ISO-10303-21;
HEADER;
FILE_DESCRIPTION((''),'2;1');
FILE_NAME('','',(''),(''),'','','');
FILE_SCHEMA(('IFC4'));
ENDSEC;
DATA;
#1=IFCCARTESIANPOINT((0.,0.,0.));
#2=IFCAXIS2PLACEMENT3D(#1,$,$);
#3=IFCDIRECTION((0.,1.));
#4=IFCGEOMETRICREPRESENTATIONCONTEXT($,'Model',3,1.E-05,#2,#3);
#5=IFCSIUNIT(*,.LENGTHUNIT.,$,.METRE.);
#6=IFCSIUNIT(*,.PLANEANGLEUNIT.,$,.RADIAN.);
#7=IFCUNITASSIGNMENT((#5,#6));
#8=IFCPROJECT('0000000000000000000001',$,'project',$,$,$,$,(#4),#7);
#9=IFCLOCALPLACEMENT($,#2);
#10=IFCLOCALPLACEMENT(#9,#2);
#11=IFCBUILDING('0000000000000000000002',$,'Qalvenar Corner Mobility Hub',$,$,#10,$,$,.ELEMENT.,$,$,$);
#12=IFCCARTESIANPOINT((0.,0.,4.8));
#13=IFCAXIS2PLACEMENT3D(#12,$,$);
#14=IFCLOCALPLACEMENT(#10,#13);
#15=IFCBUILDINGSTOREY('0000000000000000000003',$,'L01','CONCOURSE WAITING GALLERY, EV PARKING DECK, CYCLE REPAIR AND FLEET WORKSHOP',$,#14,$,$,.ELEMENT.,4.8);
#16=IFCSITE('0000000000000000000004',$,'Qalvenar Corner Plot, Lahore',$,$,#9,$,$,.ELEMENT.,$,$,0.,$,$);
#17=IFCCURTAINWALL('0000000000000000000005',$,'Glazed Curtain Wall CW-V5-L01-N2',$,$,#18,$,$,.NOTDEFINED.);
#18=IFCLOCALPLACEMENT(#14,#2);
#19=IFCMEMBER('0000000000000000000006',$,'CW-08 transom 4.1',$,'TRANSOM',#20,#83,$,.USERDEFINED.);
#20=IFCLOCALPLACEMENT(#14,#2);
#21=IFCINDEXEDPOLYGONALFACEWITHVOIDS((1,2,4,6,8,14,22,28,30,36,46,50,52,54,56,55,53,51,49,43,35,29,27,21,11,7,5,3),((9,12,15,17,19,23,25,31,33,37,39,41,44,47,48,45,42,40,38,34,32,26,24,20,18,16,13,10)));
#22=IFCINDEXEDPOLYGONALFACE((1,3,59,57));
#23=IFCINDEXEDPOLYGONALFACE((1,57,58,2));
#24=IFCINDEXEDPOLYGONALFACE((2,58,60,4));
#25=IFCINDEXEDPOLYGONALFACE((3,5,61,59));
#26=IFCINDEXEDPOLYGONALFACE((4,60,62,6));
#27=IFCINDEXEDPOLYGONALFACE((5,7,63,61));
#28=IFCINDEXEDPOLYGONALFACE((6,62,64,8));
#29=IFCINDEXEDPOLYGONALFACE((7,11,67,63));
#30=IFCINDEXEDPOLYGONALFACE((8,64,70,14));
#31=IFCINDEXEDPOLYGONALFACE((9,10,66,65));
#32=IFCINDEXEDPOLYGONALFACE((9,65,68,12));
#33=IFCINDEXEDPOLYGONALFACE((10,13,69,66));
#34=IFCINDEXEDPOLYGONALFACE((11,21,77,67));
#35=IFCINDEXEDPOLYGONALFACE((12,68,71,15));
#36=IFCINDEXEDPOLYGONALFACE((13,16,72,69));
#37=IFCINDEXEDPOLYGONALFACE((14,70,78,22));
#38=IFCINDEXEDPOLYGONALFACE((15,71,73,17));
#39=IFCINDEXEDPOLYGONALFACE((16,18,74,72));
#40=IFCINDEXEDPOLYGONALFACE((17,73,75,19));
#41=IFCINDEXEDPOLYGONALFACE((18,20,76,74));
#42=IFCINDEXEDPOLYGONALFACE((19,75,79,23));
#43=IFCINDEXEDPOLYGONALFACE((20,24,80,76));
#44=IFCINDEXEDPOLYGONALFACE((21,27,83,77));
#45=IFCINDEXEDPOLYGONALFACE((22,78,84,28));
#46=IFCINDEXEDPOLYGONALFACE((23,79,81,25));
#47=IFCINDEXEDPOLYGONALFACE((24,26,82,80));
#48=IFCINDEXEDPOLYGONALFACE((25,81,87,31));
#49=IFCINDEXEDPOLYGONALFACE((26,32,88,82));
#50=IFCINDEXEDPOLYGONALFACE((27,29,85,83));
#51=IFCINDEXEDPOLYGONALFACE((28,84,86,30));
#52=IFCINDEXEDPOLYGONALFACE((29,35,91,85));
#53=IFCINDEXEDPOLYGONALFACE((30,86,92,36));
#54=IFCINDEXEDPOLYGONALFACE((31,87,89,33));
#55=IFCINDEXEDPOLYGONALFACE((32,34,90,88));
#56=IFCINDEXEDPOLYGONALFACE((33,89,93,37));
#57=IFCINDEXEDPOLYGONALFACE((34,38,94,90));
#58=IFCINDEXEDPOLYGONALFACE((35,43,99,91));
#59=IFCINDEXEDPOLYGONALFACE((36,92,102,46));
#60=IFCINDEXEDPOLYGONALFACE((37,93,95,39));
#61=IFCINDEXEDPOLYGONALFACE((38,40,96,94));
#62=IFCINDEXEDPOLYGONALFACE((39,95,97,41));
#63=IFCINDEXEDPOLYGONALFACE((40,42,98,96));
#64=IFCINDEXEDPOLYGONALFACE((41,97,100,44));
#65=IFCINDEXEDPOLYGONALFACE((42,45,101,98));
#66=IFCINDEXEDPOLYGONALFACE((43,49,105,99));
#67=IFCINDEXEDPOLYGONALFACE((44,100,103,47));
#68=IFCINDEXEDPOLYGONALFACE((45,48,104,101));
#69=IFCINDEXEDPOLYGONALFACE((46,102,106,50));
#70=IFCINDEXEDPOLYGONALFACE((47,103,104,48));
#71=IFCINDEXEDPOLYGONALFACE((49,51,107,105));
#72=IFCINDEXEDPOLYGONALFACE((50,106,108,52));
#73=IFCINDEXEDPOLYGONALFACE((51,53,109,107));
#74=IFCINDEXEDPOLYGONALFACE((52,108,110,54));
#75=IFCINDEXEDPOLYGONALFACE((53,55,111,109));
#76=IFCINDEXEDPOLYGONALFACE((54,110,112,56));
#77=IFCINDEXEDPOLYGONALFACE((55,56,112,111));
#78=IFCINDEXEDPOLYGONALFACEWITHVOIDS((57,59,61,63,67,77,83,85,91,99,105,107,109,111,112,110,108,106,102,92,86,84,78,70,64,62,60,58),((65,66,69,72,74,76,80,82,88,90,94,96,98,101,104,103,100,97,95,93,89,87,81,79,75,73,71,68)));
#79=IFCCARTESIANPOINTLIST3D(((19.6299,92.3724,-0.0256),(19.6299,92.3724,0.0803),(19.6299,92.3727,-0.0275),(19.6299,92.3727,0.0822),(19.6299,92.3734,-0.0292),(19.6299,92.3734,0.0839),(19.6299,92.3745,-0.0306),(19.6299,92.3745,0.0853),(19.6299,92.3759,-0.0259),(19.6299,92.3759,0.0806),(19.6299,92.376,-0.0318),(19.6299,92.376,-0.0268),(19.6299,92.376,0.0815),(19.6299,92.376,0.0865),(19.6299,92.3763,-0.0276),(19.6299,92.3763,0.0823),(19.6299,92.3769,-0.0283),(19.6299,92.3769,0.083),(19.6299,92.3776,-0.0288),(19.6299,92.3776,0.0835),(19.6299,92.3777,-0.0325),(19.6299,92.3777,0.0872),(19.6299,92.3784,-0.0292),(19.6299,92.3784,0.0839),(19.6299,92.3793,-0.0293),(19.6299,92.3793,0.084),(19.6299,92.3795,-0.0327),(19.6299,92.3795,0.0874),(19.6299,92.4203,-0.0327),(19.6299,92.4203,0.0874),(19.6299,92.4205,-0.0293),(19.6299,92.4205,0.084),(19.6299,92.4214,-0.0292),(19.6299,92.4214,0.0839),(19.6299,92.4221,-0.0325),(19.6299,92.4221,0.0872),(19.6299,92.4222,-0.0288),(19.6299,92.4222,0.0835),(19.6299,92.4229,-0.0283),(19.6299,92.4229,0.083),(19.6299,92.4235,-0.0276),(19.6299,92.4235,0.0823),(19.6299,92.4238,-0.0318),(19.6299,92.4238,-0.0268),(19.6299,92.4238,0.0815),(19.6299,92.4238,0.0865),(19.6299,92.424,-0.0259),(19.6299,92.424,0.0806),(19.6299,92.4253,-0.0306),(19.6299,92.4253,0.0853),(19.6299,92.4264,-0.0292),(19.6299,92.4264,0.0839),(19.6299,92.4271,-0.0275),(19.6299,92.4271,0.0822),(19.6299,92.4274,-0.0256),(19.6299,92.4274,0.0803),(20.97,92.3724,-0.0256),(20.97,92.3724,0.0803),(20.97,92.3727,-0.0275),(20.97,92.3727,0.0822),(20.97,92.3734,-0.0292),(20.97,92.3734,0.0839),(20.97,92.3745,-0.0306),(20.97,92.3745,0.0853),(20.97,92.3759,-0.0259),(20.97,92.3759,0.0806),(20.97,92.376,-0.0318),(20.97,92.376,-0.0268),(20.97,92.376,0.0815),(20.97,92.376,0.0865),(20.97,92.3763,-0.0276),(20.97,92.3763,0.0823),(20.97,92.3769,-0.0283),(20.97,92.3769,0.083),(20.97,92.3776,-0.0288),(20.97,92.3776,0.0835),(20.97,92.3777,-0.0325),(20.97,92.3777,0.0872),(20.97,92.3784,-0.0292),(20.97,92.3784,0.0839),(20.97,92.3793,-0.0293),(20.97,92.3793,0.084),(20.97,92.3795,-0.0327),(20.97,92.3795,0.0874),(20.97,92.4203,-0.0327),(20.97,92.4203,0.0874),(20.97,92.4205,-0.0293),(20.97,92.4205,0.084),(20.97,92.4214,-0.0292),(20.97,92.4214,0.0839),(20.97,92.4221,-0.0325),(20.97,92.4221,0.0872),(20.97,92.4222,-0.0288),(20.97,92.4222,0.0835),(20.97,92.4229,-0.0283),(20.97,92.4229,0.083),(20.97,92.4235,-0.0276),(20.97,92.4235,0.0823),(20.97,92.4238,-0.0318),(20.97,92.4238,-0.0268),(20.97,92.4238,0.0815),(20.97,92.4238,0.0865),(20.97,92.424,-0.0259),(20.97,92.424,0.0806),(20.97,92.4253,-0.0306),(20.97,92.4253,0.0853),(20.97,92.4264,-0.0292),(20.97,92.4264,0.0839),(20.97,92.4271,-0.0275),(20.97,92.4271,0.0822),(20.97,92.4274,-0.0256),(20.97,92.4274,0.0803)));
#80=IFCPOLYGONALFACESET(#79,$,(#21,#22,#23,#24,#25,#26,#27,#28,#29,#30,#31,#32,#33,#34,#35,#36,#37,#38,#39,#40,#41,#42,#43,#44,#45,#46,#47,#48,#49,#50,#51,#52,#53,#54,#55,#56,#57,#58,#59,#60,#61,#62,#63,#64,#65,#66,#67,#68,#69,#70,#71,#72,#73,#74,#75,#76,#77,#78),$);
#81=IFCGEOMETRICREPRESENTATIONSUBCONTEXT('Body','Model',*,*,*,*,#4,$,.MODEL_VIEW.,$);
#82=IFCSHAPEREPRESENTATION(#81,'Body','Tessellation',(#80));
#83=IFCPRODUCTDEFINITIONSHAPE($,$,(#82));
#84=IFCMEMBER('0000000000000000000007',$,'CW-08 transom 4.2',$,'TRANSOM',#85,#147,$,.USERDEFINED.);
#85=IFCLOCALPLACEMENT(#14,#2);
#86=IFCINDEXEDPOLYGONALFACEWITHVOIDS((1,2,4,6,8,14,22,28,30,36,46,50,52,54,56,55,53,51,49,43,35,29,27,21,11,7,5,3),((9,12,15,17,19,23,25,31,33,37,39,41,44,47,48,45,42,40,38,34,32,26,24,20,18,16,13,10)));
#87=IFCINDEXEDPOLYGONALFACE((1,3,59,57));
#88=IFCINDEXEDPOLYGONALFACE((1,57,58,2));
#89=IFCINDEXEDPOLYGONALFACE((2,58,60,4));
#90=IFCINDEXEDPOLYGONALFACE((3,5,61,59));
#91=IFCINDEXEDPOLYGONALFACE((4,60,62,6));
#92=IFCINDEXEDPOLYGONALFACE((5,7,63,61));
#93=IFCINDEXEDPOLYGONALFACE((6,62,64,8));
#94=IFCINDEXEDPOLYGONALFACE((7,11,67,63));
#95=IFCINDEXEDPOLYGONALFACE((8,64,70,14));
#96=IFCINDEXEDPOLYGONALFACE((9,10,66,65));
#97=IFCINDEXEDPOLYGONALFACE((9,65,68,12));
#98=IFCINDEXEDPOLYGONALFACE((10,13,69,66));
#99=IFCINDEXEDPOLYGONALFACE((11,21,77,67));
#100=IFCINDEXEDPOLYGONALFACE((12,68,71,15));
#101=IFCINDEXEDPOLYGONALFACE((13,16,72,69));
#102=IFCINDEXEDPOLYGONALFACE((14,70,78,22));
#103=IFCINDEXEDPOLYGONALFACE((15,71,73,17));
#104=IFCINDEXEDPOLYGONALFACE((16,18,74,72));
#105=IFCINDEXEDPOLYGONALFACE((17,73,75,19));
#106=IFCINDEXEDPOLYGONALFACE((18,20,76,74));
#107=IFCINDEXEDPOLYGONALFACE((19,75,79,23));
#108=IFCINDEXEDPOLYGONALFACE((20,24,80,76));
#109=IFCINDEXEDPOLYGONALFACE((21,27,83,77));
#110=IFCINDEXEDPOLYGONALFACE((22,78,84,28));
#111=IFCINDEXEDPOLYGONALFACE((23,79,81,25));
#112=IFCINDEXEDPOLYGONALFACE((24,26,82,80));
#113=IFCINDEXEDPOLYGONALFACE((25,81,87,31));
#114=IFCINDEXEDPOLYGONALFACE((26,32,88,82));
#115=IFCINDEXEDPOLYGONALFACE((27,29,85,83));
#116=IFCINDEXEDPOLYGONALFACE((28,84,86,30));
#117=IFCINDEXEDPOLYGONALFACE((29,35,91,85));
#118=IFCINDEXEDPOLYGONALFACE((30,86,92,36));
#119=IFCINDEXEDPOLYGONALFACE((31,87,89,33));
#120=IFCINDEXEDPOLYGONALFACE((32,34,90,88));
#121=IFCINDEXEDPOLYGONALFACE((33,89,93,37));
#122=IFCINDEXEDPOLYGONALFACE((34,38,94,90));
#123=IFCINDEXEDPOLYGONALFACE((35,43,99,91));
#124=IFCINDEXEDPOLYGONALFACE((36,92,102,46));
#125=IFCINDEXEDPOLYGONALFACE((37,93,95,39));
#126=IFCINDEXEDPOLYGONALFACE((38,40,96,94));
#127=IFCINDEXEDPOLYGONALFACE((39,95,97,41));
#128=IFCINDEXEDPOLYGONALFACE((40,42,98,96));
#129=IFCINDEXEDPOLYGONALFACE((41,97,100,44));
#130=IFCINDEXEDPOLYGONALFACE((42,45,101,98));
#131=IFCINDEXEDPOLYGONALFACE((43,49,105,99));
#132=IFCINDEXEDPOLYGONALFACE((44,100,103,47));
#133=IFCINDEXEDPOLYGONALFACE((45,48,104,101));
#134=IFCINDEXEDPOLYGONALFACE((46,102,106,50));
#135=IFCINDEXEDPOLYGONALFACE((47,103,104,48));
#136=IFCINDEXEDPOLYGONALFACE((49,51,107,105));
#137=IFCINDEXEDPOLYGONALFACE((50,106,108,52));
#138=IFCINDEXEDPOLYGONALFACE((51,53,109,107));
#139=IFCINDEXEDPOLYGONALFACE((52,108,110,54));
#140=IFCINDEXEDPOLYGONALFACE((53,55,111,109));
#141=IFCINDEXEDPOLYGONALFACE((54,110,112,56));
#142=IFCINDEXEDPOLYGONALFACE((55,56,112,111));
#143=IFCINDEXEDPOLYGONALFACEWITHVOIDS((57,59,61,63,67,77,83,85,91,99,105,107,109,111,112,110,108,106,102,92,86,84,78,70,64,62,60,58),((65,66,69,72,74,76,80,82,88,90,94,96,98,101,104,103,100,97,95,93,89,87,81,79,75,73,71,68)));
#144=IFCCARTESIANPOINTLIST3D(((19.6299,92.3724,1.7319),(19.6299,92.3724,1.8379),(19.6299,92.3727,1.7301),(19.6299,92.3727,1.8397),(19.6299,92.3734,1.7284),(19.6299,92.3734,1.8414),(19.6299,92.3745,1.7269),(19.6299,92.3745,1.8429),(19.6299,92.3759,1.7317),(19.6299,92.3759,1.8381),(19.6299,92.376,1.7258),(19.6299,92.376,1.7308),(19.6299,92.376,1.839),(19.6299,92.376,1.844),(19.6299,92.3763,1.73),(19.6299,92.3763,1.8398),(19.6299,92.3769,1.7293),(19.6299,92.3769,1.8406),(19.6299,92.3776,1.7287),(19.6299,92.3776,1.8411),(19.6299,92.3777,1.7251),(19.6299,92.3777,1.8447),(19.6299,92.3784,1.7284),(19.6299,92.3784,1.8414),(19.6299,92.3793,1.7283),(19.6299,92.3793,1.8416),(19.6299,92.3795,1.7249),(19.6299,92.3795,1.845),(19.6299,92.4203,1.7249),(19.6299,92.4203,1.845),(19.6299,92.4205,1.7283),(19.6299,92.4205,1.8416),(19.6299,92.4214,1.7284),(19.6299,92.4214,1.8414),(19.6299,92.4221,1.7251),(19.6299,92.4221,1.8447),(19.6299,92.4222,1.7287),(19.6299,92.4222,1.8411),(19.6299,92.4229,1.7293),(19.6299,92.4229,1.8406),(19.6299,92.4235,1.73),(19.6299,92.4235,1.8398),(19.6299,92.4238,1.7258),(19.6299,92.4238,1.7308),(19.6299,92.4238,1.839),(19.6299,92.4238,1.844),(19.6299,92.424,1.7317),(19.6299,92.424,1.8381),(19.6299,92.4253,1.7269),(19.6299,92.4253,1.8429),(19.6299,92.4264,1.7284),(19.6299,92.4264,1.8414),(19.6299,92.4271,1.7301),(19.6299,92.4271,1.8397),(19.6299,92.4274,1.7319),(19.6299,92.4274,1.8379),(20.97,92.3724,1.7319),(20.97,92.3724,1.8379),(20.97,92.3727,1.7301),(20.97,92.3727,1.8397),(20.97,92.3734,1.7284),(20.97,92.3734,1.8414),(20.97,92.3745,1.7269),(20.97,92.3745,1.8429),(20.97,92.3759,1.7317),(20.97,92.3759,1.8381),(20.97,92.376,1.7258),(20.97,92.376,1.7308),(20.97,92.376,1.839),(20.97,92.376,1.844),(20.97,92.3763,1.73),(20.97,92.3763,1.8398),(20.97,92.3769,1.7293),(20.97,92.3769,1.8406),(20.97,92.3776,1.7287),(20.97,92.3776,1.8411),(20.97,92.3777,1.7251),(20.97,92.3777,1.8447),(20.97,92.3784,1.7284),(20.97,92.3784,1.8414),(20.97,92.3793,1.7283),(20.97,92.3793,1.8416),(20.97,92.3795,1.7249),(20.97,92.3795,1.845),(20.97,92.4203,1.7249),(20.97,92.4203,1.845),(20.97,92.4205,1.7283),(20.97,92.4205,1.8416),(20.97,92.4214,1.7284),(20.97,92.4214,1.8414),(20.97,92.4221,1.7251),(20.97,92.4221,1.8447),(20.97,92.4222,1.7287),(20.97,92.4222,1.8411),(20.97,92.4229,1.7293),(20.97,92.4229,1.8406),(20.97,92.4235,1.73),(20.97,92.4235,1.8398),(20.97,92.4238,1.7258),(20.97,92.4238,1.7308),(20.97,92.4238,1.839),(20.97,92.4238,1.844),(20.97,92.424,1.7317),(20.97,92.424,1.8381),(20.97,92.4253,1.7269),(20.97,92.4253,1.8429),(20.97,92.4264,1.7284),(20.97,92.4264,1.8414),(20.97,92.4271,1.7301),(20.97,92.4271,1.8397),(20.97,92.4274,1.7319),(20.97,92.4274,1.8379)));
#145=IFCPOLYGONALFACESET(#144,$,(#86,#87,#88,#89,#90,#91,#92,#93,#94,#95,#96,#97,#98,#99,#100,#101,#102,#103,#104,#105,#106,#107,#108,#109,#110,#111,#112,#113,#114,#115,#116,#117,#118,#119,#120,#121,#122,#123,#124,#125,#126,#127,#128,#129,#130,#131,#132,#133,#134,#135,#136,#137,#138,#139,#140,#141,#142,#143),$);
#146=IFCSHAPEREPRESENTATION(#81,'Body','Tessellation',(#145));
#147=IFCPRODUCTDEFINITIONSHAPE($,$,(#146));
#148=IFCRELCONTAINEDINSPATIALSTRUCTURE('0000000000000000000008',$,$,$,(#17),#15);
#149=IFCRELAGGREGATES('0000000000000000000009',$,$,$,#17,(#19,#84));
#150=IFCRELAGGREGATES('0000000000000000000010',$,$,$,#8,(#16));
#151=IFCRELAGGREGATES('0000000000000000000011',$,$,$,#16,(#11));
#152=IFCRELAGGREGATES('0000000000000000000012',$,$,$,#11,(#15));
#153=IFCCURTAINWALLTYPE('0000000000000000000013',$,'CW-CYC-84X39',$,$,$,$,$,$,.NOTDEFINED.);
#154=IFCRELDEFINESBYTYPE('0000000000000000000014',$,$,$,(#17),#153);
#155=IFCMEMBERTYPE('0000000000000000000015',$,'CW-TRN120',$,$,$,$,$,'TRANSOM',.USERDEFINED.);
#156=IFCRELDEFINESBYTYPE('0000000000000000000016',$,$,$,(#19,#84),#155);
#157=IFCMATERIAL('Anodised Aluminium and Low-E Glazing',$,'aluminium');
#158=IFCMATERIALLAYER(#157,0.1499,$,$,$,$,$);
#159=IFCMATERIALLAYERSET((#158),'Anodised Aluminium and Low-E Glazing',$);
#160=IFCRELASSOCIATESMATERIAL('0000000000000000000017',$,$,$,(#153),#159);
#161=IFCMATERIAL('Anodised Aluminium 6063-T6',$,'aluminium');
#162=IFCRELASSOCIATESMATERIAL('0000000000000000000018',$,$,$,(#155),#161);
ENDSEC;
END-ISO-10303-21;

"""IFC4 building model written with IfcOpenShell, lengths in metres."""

from ifc_helpers import new_model, si_unit, direction, frame, origin, origin_2d, place, context, subcontext, project, spatial, hollow_rectangle, extrude, material, layer, layer_set, material_profile, profile_set, type_object, element, aggregate, save


model = new_model("IFC4")

# Units and contexts
model_context = context("Model", 3, precision=1e-05, world=origin(), true_north=direction((0.0, 1.0)))
body_context = subcontext(model_context, "Body", "Model", "MODEL_VIEW")
ifc_project = project(units=[si_unit("LENGTHUNIT", "METRE"), si_unit("PLANEANGLEUNIT", "RADIAN")], contexts=[model_context])

# Site, building, storey
site_placement = place(None, origin())
site = spatial("IfcSite", under=ifc_project, at=site_placement, Name="Qalvenar Corner Plot, Lahore", CompositionType="ELEMENT", RefElevation=0.0)
building_placement = place(site_placement, origin())
building = spatial("IfcBuilding", under=site, at=building_placement, Name="Qalvenar Corner Mobility Hub", CompositionType="ELEMENT")
storey_placement = place(building_placement, frame((0.0, 0.0, 4.8)))
storey = spatial("IfcBuildingStorey", under=building, at=storey_placement, Name="L01", Description="CONCOURSE WAITING GALLERY, EV PARKING DECK, CYCLE REPAIR AND FLEET WORKSHOP", CompositionType="ELEMENT", Elevation=4.8)

# Curtain wall, members
ifc_material_1 = material(Name="Anodised Aluminium and Low-E Glazing", Category="aluminium")
ifc_layer_1 = layer(ifc_material_1, 0.1499)
ifc_layer_set_1 = layer_set([ifc_layer_1], Name="Anodised Aluminium and Low-E Glazing")
curtain_wall_type = type_object("IfcCurtainWallType", Name="CW-CYC-84X39", PredefinedType="NOTDEFINED", material=ifc_layer_set_1)
curtain_wall_placement = place(storey_placement, origin())
curtain_wall = element("IfcCurtainWall", 1, at=curtain_wall_placement, inside=storey, type_object=curtain_wall_type, Name="Glazed Curtain Wall CW-V5-L01-N2", PredefinedType="NOTDEFINED")
ifc_material_2 = material(Name="Anodised Aluminium 6063-T6", Category="aluminium")
ifc_material_profile_1 = material_profile(ifc_material_2, hollow_rectangle(XDim=0.0549, YDim=0.1201, WallThickness=0.0034, InnerFilletRadius=0.0034, OuterFilletRadius=0.0071, at=origin_2d()), Name="RHS120x55x3.5")
ifc_profile_set_1 = profile_set([ifc_material_profile_1], Name="Anodised Aluminium 6063-T6")
member_type_1 = type_object("IfcMemberType", Name="CW-TRN120", ElementType="TRANSOM", PredefinedType="USERDEFINED", material=ifc_profile_set_1)
member_1_placement = place(storey_placement, frame((20.97, 92.3999, 0.0273), z_axis=(-1.0, 0.0, 0.0), x_axis=(0.0, -1.0, 0.0)))
member_1 = element("IfcMember", 2, at=member_1_placement, type_object=member_type_1, Name="CW-08 transom 4.1", ObjectType="TRANSOM", PredefinedType="USERDEFINED", context=body_context, shape_type="SweptSolid", body=[
    extrude(hollow_rectangle(XDim=0.0549, YDim=0.1201, WallThickness=0.0034, InnerFilletRadius=0.0034, OuterFilletRadius=0.0071, at=origin_2d()), origin(), (0.0, 0.0, 1.0), 1.3401),
])
member_2_placement = place(storey_placement, frame((20.97, 92.3999, 1.7849), z_axis=(-1.0, 0.0, 0.0), x_axis=(0.0, -1.0, 0.0)))
member_2 = element("IfcMember", 3, at=member_2_placement, type_object=member_type_1, Name="CW-08 transom 4.2", ObjectType="TRANSOM", PredefinedType="USERDEFINED", context=body_context, shape_type="SweptSolid", body=[
    extrude(hollow_rectangle(XDim=0.0549, YDim=0.1201, WallThickness=0.0034, InnerFilletRadius=0.0034, OuterFilletRadius=0.0071, at=origin_2d()), origin(), (0.0, 0.0, 1.0), 1.3401),
])
aggregate(curtain_wall, [member_1, member_2])

save(model, "model.ifc")
